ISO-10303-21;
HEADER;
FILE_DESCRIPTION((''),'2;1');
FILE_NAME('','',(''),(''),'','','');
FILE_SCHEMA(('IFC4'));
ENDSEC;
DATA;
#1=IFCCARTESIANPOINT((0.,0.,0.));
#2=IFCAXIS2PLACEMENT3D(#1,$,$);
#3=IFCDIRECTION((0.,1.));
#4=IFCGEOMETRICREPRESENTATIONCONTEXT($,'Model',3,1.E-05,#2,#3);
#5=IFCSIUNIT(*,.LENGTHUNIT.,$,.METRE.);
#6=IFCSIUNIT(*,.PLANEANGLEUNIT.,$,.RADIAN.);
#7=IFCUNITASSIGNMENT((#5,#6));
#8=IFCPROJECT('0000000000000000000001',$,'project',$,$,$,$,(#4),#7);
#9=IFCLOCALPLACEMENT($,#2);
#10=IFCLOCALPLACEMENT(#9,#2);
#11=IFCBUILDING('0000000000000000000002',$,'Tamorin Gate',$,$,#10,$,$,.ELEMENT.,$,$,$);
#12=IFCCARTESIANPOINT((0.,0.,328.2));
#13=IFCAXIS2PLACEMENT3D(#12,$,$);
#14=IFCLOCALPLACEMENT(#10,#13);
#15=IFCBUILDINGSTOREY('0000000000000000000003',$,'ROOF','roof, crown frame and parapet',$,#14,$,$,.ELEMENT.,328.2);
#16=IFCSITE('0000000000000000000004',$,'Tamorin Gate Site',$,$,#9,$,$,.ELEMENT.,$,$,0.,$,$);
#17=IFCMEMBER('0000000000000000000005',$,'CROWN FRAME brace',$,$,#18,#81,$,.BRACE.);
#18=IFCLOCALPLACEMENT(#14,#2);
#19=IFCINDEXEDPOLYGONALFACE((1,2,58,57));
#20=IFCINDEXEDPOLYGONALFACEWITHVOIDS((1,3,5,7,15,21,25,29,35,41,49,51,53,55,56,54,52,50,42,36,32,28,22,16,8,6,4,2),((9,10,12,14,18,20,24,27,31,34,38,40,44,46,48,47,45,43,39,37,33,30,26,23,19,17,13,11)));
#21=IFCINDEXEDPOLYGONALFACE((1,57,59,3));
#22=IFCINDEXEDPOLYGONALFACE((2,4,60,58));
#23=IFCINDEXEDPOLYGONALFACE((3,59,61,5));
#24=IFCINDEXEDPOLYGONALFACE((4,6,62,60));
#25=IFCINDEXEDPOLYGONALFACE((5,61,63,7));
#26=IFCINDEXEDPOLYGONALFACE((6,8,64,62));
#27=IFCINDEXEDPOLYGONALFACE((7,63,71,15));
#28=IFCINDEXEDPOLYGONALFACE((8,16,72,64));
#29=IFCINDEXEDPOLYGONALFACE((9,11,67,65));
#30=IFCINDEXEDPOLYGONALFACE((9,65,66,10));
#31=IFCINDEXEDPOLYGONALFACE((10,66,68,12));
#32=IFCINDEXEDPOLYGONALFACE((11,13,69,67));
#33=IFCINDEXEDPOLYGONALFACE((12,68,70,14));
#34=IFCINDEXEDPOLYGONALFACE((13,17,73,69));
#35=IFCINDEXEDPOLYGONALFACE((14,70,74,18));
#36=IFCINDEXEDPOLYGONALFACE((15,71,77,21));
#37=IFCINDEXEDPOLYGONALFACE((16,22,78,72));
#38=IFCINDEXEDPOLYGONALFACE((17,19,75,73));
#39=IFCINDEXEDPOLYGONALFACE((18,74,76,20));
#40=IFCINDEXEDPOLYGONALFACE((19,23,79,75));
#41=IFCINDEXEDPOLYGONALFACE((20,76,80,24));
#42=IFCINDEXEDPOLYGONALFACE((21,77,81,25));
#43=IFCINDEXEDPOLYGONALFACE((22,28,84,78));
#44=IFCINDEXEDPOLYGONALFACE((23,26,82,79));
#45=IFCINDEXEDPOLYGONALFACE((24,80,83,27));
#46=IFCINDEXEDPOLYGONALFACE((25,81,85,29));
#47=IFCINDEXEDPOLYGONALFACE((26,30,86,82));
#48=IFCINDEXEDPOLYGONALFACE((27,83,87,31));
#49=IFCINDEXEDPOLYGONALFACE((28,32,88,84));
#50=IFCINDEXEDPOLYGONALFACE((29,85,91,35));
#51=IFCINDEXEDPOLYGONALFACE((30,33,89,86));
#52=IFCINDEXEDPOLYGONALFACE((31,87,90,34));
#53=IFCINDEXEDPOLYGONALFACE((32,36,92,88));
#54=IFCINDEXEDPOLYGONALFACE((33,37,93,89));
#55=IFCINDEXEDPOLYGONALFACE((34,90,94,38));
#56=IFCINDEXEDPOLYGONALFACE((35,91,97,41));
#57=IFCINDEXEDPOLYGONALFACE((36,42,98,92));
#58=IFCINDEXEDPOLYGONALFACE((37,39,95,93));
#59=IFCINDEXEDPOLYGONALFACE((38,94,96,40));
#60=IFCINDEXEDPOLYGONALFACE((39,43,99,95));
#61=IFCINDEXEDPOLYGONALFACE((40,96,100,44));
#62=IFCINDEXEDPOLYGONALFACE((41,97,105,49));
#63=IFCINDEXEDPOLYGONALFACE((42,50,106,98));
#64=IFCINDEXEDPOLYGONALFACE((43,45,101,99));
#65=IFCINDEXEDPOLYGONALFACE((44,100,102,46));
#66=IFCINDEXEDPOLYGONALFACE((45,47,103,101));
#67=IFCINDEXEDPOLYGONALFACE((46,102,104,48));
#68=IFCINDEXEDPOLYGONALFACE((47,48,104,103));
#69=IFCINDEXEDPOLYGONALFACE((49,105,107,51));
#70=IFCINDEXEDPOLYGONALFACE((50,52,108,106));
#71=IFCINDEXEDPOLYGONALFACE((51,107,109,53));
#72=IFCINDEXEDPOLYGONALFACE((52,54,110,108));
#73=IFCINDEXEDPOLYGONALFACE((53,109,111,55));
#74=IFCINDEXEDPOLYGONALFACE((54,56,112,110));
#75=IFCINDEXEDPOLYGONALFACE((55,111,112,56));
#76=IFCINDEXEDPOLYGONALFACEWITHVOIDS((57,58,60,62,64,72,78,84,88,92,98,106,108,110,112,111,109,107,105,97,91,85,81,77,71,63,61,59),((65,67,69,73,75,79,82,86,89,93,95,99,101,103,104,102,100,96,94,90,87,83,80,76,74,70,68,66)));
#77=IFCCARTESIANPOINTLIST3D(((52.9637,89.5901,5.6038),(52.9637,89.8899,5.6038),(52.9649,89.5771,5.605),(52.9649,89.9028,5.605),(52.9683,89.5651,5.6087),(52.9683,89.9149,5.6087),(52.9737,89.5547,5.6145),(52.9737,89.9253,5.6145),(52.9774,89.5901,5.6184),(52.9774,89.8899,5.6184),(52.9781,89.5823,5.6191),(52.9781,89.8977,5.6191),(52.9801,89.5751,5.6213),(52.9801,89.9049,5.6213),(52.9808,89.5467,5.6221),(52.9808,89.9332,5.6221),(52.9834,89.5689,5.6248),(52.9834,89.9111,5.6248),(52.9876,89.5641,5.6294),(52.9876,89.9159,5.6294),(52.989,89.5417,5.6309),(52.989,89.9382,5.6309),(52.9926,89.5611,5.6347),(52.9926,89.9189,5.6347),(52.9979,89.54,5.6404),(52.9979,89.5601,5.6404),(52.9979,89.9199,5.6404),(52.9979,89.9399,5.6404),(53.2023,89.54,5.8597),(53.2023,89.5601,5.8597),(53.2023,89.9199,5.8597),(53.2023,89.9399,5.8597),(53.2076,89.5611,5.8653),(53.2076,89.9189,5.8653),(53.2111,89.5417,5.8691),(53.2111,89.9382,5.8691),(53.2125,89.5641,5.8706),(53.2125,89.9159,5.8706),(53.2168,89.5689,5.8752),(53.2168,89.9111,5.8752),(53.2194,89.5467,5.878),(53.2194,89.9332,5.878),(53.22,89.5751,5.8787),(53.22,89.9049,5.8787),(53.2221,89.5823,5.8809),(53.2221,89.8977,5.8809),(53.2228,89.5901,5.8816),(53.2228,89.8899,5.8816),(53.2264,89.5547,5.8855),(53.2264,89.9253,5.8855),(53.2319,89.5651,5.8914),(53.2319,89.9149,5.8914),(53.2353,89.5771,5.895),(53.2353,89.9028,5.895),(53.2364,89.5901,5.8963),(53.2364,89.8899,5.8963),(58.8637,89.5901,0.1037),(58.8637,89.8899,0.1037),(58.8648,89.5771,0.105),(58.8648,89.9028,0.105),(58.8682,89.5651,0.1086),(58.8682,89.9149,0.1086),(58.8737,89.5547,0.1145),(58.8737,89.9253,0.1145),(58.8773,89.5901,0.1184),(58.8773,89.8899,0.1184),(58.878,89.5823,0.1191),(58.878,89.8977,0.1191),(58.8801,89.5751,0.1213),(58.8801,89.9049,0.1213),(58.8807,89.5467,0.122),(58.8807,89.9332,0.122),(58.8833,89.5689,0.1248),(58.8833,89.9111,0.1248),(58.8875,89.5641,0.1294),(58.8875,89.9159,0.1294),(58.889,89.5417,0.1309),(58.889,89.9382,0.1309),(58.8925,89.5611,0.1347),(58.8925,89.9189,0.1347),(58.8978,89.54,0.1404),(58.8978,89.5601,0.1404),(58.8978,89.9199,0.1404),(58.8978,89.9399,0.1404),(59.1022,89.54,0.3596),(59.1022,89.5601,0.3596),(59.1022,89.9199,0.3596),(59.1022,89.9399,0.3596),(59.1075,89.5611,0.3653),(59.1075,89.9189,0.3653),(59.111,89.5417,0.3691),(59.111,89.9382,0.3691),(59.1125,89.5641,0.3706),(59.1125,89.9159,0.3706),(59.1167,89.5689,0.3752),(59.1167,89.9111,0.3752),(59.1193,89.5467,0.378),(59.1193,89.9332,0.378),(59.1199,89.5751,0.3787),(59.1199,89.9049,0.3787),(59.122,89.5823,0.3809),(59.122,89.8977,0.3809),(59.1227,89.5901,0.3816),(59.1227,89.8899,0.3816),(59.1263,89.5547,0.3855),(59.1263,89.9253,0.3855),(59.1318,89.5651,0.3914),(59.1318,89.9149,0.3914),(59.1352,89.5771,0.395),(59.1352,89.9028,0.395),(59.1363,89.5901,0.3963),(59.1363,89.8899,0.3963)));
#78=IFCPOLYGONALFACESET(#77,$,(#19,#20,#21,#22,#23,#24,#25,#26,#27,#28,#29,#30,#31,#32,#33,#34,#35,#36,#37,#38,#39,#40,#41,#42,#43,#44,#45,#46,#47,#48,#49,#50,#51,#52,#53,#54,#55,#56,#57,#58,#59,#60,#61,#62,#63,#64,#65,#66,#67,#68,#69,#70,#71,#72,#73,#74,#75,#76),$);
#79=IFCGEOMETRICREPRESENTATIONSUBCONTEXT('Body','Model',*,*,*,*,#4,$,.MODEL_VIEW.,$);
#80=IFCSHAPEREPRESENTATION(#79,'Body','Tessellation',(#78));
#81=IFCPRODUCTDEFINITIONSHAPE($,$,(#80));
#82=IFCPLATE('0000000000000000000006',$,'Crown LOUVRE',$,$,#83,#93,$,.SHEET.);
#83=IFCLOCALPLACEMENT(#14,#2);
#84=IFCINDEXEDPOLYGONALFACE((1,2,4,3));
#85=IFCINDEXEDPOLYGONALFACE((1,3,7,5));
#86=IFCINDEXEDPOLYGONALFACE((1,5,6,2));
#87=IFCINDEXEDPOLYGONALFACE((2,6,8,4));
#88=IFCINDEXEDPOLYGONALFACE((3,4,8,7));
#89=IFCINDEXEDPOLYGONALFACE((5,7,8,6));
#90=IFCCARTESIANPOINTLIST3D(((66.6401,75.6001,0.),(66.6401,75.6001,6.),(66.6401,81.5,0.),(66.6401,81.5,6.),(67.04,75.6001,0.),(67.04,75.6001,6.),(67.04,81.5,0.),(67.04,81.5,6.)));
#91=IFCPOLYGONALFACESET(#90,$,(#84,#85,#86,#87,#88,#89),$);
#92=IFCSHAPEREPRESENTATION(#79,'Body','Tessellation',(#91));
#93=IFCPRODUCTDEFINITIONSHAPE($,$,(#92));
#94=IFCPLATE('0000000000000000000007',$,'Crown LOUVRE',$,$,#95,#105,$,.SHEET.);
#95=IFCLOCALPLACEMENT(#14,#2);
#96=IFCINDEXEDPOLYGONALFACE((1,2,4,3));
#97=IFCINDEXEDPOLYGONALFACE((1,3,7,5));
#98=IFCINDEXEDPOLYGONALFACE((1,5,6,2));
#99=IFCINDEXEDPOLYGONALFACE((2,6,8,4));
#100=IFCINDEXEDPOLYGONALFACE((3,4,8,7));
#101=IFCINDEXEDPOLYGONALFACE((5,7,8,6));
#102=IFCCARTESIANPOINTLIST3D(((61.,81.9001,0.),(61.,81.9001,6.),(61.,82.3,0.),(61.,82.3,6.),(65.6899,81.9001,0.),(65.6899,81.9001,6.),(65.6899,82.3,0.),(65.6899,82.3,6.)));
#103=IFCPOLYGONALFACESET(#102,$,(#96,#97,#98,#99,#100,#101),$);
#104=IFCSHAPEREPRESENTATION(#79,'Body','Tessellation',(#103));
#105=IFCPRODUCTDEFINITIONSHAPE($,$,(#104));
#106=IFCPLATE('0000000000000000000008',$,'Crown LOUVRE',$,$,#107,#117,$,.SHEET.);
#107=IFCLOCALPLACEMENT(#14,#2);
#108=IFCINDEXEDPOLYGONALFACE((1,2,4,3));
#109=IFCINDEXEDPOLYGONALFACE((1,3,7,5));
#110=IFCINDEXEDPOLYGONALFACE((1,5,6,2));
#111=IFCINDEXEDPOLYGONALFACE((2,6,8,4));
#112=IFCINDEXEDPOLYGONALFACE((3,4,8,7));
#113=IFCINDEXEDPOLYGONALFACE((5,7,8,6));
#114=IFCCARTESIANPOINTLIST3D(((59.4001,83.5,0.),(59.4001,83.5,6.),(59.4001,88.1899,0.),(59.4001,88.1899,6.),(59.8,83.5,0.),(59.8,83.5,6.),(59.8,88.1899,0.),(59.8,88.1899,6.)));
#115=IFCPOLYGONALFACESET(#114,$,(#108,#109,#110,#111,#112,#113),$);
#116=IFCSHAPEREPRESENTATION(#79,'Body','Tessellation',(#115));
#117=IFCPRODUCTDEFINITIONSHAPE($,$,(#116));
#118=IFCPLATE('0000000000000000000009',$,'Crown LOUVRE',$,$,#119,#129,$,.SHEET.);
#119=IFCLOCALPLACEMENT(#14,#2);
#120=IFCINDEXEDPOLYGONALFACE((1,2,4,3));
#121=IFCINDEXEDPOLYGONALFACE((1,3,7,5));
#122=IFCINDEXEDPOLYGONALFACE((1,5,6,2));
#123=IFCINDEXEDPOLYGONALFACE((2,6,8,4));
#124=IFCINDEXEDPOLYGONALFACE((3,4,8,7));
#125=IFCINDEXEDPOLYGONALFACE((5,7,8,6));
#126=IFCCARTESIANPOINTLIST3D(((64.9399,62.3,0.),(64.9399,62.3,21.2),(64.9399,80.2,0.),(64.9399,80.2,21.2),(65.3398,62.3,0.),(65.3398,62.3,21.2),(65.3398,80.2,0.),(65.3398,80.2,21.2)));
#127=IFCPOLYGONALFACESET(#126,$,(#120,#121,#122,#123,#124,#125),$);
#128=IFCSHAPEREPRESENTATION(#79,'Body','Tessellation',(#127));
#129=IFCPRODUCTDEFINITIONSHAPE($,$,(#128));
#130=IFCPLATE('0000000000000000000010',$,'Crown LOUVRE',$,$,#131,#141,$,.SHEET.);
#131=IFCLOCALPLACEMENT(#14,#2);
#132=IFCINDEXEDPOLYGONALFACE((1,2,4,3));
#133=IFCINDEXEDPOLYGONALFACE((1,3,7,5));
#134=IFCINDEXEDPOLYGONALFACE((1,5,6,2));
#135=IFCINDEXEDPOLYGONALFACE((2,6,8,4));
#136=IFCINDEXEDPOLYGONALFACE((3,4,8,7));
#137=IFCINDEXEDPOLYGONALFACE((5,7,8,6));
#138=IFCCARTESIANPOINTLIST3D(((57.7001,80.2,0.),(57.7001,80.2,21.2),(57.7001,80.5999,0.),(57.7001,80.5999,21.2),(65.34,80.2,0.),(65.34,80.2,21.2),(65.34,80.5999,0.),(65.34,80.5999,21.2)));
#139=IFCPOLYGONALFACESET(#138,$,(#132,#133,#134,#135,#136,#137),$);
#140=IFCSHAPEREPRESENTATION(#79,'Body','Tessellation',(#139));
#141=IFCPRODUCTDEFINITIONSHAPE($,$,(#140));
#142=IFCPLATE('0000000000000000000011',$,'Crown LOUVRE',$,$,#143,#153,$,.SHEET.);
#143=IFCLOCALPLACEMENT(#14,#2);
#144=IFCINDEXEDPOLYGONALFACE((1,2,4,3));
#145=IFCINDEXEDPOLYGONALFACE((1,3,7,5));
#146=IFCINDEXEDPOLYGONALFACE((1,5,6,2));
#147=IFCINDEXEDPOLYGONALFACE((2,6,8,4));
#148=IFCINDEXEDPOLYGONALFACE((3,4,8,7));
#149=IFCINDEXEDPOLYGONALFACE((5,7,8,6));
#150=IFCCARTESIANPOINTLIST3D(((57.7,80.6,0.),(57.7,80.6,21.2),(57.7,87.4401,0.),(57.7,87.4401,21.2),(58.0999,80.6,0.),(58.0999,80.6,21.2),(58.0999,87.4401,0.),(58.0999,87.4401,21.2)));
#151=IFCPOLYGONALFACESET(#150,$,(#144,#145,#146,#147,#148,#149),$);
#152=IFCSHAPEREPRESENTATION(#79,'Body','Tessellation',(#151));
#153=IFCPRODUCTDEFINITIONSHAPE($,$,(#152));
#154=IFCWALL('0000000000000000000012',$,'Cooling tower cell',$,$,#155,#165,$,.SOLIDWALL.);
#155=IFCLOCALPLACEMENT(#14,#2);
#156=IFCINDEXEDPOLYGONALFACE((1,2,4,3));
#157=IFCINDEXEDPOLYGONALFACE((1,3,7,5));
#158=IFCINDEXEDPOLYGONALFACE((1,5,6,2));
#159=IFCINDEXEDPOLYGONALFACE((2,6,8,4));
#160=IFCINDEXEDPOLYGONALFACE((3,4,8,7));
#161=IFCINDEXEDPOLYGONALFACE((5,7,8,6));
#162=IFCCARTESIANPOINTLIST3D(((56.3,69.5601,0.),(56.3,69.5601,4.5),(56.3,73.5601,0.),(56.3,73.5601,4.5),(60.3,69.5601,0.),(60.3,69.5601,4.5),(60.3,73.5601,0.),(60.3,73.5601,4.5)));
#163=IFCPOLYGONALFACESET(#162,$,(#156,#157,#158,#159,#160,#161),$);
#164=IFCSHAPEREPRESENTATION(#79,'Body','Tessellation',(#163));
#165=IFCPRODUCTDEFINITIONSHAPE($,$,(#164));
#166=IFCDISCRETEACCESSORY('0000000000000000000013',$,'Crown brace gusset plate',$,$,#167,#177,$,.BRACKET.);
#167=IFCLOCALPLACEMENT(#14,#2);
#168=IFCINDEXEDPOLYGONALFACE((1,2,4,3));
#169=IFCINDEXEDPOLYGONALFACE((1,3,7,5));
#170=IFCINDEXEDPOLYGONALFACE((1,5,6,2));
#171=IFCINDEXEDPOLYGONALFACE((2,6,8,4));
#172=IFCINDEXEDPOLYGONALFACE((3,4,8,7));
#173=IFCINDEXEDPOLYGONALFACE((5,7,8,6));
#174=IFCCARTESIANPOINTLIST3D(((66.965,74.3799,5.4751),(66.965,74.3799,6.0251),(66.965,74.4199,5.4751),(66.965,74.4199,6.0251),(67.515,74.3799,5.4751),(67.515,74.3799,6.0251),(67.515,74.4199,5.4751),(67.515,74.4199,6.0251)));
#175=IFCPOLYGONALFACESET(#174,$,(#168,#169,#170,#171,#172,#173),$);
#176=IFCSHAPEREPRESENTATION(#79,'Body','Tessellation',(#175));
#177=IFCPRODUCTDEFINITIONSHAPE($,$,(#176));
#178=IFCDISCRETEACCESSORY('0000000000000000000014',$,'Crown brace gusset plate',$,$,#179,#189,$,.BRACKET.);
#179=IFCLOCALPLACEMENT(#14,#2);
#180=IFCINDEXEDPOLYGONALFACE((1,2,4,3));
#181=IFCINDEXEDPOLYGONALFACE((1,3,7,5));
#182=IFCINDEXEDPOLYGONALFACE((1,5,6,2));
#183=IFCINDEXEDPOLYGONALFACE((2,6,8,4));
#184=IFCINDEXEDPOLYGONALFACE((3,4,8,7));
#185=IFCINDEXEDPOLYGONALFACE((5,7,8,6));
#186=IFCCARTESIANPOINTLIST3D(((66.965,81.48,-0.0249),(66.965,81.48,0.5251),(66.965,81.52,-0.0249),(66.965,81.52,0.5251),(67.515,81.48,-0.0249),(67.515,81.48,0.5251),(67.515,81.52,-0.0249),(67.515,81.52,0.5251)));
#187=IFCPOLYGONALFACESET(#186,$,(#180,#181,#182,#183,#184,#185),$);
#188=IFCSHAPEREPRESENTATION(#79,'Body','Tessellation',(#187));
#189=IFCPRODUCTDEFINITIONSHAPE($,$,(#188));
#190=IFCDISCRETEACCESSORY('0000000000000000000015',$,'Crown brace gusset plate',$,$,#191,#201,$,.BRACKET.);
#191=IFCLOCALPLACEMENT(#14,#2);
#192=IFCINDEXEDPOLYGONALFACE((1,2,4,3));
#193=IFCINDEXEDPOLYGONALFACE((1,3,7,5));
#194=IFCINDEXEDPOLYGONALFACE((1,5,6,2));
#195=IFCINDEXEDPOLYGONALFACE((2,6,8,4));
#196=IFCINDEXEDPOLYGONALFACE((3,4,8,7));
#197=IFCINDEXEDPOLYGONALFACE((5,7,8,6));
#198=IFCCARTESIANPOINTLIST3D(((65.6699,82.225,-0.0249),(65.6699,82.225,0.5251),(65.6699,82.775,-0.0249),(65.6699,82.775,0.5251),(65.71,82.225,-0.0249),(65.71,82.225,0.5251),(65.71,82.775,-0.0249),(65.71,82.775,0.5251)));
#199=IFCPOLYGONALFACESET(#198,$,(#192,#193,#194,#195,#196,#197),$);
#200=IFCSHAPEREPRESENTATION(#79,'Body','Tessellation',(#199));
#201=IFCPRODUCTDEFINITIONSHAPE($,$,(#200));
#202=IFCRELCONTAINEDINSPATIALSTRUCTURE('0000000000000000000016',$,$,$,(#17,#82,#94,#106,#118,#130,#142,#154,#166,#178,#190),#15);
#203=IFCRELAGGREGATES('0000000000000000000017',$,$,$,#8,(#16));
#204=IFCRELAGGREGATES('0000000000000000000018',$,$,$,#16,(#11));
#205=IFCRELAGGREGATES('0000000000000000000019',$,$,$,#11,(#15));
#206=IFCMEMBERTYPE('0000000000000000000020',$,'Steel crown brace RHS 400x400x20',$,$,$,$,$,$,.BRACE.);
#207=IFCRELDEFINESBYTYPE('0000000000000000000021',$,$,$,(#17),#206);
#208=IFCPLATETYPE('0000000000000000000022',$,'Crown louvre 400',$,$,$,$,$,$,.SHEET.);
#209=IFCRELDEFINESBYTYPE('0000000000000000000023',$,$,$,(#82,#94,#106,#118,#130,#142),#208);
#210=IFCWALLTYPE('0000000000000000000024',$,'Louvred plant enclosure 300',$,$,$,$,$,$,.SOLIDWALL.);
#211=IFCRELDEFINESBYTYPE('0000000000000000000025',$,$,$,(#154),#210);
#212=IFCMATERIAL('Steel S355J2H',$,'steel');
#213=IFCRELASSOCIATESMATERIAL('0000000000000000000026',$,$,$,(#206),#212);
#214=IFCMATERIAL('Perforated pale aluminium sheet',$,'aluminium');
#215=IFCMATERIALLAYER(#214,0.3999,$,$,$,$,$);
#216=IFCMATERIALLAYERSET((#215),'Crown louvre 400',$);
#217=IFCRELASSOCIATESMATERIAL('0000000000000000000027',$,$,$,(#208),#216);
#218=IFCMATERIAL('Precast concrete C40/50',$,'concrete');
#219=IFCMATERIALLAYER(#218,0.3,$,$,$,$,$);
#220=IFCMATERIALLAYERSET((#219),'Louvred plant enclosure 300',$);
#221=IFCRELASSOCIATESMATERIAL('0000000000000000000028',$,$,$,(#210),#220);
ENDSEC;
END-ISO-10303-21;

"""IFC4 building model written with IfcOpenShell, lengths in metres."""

from ifc_helpers import new_model, si_unit, direction, frame, frame_2d, origin, origin_2d, place, context, subcontext, project, spatial, rectangle, hollow_rectangle, extrude, material, layer, layer_set, material_profile, profile_set, type_object, element, save


model = new_model("IFC4")

# Units and contexts
model_context = context("Model", 3, precision=1e-05, world=origin(), true_north=direction((0.0, 1.0)))
body_context = subcontext(model_context, "Body", "Model", "MODEL_VIEW")
ifc_project = project(units=[si_unit("LENGTHUNIT", "METRE"), si_unit("PLANEANGLEUNIT", "RADIAN")], contexts=[model_context])

# Site, building, storey
site_placement = place(None, origin())
site = spatial("IfcSite", under=ifc_project, at=site_placement, Name="Tamorin Gate Site", CompositionType="ELEMENT", RefElevation=0.0)
building_placement = place(site_placement, origin())
building = spatial("IfcBuilding", under=site, at=building_placement, Name="Tamorin Gate", CompositionType="ELEMENT")
storey_placement = place(building_placement, frame((0.0, 0.0, 328.2)))
storey = spatial("IfcBuildingStorey", under=building, at=storey_placement, Name="ROOF", Description="roof, crown frame and parapet", CompositionType="ELEMENT", Elevation=328.2)

# Member
ifc_material_1 = material(Name="Steel S355J2H", Category="steel")
ifc_material_profile_1 = material_profile(ifc_material_1, hollow_rectangle(XDim=0.3999, YDim=0.3999, WallThickness=0.02, InnerFilletRadius=0.03, OuterFilletRadius=0.05, at=origin_2d()), Name="RHS 400x400x20")
ifc_profile_set_1 = profile_set([ifc_material_profile_1], Name="Steel S355J2H")
member_type_1 = type_object("IfcMemberType", Name="Steel crown brace RHS 400x400x20", PredefinedType="BRACE", material=ifc_profile_set_1)
member_1_placement = place(storey_placement, frame((59.0, 89.74, 0.25), z_axis=(-0.731462, 0.0, 0.681882), x_axis=(0.0, -1.0, 0.0)))
element("IfcMember", 1, at=member_1_placement, inside=storey, type_object=member_type_1, Name="CROWN FRAME brace", PredefinedType="BRACE", context=body_context, shape_type="SweptSolid", body=[
    extrude(hollow_rectangle(XDim=0.3999, YDim=0.3999, WallThickness=0.02, InnerFilletRadius=0.03, OuterFilletRadius=0.05, at=origin_2d()), origin(), (0.0, 0.0, 1.0), 8.0659),
])

# Plates
ifc_material_2 = material(Name="Perforated pale aluminium sheet", Category="aluminium")
ifc_layer_1 = layer(ifc_material_2, 0.3999)
ifc_layer_set_1 = layer_set([ifc_layer_1], Name="Crown louvre 400")
plate_type = type_object("IfcPlateType", Name="Crown louvre 400", PredefinedType="SHEET", material=ifc_layer_set_1)
plate_1_placement = place(storey_placement, frame((66.8401, 78.55, 0.0), z_axis=(0.0, 0.0, 1.0), x_axis=(0.0, 1.0, 0.0)))
element("IfcPlate", 2, at=plate_1_placement, inside=storey, type_object=plate_type, Name="Crown LOUVRE", PredefinedType="SHEET", context=body_context, shape_type="SweptSolid", body=[
    extrude(rectangle(XDim=5.8999, YDim=0.3999, at=origin_2d()), origin(), (0.0, 0.0, 1.0), 6.0),
])
for number, where, z_axis, x_axis, name in (
    (3, (63.345, 82.1001, 0.0), (0.0, 0.0, 1.0), (1.0, 0.0, 0.0), "Crown LOUVRE"),
    (4, (59.6001, 85.845, 0.0), (0.0, 0.0, 1.0), (0.0, 1.0, 0.0), "Crown LOUVRE"),
):
    element("IfcPlate", number, at=place(storey_placement, frame(where, z_axis=z_axis, x_axis=x_axis)), inside=storey, type_object=plate_type, Name=name, PredefinedType="SHEET", context=body_context, shape_type="SweptSolid", body=[
        extrude(rectangle(XDim=4.6899, YDim=0.3999, at=origin_2d()), origin(), (0.0, 0.0, 1.0), 6.0),
    ])
plate_2_placement = place(storey_placement, frame((65.1399, 71.25, 0.0), z_axis=(0.0, 0.0, 1.0), x_axis=(0.0, 1.0, 0.0)))
element("IfcPlate", 5, at=plate_2_placement, inside=storey, type_object=plate_type, Name="Crown LOUVRE", PredefinedType="SHEET", context=body_context, shape_type="SweptSolid", body=[
    extrude(rectangle(XDim=17.8999, YDim=0.3999, at=origin_2d()), origin(), (0.0, 0.0, 1.0), 21.2),
])
plate_3_placement = place(storey_placement, frame((61.52, 80.3999, 0.0), z_axis=(0.0, 0.0, 1.0), x_axis=(1.0, 0.0, 0.0)))
element("IfcPlate", 6, at=plate_3_placement, inside=storey, type_object=plate_type, Name="Crown LOUVRE", PredefinedType="SHEET", context=body_context, shape_type="SweptSolid", body=[
    extrude(rectangle(XDim=7.6399, YDim=0.3999, at=origin_2d()), origin(), (0.0, 0.0, 1.0), 21.2),
])
plate_4_placement = place(storey_placement, frame((57.8999, 84.02, 0.0), z_axis=(0.0, 0.0, 1.0), x_axis=(0.0, 1.0, 0.0)))
element("IfcPlate", 7, at=plate_4_placement, inside=storey, type_object=plate_type, Name="Crown LOUVRE", PredefinedType="SHEET", context=body_context, shape_type="SweptSolid", body=[
    extrude(rectangle(XDim=6.8401, YDim=0.3999, at=origin_2d()), origin(), (0.0, 0.0, 1.0), 21.2),
])

# Wall
ifc_material_3 = material(Name="Precast concrete C40/50", Category="concrete")
ifc_layer_2 = layer(ifc_material_3, 0.3)
ifc_layer_set_2 = layer_set([ifc_layer_2], Name="Louvred plant enclosure 300")
wall_type = type_object("IfcWallType", Name="Louvred plant enclosure 300", PredefinedType="SOLIDWALL", material=ifc_layer_set_2)
wall_placement = place(storey_placement, frame((56.3, 71.5601, 0.0), z_axis=(0.0, 0.0, 1.0), x_axis=(1.0, 0.0, 0.0)))
element("IfcWall", 8, at=wall_placement, inside=storey, type_object=wall_type, Name="Cooling tower cell", PredefinedType="SOLIDWALL", context=body_context, shape_type="SweptSolid", body=[
    extrude(rectangle(XDim=4.0, YDim=4.0, at=frame_2d((2.0, 0.0))), origin(), (0.0, 0.0, 1.0), 4.5),
])

# Discrete accessories
for number, where, z_axis, x_axis, name in (
    (9, (67.24, 74.3999, 5.4751), (0.0, 0.0, 1.0), (0.0, 1.0, 0.0), "Crown brace gusset plate"),
    (10, (67.24, 81.5, -0.0249), (0.0, 0.0, 1.0), (0.0, 1.0, 0.0), "Crown brace gusset plate"),
    (11, (65.6899, 82.5, -0.0249), (0.0, 0.0, 1.0), (1.0, 0.0, 0.0), "Crown brace gusset plate"),
):
    element("IfcDiscreteAccessory", number, at=place(storey_placement, frame(where, z_axis=z_axis, x_axis=x_axis)), inside=storey, Name=name, PredefinedType="BRACKET", context=body_context, shape_type="SweptSolid", body=[
        extrude(rectangle(XDim=0.04, YDim=0.55, at=origin_2d()), origin(), (0.0, 0.0, 1.0), 0.55),
    ])

save(model, "model.ifc")
